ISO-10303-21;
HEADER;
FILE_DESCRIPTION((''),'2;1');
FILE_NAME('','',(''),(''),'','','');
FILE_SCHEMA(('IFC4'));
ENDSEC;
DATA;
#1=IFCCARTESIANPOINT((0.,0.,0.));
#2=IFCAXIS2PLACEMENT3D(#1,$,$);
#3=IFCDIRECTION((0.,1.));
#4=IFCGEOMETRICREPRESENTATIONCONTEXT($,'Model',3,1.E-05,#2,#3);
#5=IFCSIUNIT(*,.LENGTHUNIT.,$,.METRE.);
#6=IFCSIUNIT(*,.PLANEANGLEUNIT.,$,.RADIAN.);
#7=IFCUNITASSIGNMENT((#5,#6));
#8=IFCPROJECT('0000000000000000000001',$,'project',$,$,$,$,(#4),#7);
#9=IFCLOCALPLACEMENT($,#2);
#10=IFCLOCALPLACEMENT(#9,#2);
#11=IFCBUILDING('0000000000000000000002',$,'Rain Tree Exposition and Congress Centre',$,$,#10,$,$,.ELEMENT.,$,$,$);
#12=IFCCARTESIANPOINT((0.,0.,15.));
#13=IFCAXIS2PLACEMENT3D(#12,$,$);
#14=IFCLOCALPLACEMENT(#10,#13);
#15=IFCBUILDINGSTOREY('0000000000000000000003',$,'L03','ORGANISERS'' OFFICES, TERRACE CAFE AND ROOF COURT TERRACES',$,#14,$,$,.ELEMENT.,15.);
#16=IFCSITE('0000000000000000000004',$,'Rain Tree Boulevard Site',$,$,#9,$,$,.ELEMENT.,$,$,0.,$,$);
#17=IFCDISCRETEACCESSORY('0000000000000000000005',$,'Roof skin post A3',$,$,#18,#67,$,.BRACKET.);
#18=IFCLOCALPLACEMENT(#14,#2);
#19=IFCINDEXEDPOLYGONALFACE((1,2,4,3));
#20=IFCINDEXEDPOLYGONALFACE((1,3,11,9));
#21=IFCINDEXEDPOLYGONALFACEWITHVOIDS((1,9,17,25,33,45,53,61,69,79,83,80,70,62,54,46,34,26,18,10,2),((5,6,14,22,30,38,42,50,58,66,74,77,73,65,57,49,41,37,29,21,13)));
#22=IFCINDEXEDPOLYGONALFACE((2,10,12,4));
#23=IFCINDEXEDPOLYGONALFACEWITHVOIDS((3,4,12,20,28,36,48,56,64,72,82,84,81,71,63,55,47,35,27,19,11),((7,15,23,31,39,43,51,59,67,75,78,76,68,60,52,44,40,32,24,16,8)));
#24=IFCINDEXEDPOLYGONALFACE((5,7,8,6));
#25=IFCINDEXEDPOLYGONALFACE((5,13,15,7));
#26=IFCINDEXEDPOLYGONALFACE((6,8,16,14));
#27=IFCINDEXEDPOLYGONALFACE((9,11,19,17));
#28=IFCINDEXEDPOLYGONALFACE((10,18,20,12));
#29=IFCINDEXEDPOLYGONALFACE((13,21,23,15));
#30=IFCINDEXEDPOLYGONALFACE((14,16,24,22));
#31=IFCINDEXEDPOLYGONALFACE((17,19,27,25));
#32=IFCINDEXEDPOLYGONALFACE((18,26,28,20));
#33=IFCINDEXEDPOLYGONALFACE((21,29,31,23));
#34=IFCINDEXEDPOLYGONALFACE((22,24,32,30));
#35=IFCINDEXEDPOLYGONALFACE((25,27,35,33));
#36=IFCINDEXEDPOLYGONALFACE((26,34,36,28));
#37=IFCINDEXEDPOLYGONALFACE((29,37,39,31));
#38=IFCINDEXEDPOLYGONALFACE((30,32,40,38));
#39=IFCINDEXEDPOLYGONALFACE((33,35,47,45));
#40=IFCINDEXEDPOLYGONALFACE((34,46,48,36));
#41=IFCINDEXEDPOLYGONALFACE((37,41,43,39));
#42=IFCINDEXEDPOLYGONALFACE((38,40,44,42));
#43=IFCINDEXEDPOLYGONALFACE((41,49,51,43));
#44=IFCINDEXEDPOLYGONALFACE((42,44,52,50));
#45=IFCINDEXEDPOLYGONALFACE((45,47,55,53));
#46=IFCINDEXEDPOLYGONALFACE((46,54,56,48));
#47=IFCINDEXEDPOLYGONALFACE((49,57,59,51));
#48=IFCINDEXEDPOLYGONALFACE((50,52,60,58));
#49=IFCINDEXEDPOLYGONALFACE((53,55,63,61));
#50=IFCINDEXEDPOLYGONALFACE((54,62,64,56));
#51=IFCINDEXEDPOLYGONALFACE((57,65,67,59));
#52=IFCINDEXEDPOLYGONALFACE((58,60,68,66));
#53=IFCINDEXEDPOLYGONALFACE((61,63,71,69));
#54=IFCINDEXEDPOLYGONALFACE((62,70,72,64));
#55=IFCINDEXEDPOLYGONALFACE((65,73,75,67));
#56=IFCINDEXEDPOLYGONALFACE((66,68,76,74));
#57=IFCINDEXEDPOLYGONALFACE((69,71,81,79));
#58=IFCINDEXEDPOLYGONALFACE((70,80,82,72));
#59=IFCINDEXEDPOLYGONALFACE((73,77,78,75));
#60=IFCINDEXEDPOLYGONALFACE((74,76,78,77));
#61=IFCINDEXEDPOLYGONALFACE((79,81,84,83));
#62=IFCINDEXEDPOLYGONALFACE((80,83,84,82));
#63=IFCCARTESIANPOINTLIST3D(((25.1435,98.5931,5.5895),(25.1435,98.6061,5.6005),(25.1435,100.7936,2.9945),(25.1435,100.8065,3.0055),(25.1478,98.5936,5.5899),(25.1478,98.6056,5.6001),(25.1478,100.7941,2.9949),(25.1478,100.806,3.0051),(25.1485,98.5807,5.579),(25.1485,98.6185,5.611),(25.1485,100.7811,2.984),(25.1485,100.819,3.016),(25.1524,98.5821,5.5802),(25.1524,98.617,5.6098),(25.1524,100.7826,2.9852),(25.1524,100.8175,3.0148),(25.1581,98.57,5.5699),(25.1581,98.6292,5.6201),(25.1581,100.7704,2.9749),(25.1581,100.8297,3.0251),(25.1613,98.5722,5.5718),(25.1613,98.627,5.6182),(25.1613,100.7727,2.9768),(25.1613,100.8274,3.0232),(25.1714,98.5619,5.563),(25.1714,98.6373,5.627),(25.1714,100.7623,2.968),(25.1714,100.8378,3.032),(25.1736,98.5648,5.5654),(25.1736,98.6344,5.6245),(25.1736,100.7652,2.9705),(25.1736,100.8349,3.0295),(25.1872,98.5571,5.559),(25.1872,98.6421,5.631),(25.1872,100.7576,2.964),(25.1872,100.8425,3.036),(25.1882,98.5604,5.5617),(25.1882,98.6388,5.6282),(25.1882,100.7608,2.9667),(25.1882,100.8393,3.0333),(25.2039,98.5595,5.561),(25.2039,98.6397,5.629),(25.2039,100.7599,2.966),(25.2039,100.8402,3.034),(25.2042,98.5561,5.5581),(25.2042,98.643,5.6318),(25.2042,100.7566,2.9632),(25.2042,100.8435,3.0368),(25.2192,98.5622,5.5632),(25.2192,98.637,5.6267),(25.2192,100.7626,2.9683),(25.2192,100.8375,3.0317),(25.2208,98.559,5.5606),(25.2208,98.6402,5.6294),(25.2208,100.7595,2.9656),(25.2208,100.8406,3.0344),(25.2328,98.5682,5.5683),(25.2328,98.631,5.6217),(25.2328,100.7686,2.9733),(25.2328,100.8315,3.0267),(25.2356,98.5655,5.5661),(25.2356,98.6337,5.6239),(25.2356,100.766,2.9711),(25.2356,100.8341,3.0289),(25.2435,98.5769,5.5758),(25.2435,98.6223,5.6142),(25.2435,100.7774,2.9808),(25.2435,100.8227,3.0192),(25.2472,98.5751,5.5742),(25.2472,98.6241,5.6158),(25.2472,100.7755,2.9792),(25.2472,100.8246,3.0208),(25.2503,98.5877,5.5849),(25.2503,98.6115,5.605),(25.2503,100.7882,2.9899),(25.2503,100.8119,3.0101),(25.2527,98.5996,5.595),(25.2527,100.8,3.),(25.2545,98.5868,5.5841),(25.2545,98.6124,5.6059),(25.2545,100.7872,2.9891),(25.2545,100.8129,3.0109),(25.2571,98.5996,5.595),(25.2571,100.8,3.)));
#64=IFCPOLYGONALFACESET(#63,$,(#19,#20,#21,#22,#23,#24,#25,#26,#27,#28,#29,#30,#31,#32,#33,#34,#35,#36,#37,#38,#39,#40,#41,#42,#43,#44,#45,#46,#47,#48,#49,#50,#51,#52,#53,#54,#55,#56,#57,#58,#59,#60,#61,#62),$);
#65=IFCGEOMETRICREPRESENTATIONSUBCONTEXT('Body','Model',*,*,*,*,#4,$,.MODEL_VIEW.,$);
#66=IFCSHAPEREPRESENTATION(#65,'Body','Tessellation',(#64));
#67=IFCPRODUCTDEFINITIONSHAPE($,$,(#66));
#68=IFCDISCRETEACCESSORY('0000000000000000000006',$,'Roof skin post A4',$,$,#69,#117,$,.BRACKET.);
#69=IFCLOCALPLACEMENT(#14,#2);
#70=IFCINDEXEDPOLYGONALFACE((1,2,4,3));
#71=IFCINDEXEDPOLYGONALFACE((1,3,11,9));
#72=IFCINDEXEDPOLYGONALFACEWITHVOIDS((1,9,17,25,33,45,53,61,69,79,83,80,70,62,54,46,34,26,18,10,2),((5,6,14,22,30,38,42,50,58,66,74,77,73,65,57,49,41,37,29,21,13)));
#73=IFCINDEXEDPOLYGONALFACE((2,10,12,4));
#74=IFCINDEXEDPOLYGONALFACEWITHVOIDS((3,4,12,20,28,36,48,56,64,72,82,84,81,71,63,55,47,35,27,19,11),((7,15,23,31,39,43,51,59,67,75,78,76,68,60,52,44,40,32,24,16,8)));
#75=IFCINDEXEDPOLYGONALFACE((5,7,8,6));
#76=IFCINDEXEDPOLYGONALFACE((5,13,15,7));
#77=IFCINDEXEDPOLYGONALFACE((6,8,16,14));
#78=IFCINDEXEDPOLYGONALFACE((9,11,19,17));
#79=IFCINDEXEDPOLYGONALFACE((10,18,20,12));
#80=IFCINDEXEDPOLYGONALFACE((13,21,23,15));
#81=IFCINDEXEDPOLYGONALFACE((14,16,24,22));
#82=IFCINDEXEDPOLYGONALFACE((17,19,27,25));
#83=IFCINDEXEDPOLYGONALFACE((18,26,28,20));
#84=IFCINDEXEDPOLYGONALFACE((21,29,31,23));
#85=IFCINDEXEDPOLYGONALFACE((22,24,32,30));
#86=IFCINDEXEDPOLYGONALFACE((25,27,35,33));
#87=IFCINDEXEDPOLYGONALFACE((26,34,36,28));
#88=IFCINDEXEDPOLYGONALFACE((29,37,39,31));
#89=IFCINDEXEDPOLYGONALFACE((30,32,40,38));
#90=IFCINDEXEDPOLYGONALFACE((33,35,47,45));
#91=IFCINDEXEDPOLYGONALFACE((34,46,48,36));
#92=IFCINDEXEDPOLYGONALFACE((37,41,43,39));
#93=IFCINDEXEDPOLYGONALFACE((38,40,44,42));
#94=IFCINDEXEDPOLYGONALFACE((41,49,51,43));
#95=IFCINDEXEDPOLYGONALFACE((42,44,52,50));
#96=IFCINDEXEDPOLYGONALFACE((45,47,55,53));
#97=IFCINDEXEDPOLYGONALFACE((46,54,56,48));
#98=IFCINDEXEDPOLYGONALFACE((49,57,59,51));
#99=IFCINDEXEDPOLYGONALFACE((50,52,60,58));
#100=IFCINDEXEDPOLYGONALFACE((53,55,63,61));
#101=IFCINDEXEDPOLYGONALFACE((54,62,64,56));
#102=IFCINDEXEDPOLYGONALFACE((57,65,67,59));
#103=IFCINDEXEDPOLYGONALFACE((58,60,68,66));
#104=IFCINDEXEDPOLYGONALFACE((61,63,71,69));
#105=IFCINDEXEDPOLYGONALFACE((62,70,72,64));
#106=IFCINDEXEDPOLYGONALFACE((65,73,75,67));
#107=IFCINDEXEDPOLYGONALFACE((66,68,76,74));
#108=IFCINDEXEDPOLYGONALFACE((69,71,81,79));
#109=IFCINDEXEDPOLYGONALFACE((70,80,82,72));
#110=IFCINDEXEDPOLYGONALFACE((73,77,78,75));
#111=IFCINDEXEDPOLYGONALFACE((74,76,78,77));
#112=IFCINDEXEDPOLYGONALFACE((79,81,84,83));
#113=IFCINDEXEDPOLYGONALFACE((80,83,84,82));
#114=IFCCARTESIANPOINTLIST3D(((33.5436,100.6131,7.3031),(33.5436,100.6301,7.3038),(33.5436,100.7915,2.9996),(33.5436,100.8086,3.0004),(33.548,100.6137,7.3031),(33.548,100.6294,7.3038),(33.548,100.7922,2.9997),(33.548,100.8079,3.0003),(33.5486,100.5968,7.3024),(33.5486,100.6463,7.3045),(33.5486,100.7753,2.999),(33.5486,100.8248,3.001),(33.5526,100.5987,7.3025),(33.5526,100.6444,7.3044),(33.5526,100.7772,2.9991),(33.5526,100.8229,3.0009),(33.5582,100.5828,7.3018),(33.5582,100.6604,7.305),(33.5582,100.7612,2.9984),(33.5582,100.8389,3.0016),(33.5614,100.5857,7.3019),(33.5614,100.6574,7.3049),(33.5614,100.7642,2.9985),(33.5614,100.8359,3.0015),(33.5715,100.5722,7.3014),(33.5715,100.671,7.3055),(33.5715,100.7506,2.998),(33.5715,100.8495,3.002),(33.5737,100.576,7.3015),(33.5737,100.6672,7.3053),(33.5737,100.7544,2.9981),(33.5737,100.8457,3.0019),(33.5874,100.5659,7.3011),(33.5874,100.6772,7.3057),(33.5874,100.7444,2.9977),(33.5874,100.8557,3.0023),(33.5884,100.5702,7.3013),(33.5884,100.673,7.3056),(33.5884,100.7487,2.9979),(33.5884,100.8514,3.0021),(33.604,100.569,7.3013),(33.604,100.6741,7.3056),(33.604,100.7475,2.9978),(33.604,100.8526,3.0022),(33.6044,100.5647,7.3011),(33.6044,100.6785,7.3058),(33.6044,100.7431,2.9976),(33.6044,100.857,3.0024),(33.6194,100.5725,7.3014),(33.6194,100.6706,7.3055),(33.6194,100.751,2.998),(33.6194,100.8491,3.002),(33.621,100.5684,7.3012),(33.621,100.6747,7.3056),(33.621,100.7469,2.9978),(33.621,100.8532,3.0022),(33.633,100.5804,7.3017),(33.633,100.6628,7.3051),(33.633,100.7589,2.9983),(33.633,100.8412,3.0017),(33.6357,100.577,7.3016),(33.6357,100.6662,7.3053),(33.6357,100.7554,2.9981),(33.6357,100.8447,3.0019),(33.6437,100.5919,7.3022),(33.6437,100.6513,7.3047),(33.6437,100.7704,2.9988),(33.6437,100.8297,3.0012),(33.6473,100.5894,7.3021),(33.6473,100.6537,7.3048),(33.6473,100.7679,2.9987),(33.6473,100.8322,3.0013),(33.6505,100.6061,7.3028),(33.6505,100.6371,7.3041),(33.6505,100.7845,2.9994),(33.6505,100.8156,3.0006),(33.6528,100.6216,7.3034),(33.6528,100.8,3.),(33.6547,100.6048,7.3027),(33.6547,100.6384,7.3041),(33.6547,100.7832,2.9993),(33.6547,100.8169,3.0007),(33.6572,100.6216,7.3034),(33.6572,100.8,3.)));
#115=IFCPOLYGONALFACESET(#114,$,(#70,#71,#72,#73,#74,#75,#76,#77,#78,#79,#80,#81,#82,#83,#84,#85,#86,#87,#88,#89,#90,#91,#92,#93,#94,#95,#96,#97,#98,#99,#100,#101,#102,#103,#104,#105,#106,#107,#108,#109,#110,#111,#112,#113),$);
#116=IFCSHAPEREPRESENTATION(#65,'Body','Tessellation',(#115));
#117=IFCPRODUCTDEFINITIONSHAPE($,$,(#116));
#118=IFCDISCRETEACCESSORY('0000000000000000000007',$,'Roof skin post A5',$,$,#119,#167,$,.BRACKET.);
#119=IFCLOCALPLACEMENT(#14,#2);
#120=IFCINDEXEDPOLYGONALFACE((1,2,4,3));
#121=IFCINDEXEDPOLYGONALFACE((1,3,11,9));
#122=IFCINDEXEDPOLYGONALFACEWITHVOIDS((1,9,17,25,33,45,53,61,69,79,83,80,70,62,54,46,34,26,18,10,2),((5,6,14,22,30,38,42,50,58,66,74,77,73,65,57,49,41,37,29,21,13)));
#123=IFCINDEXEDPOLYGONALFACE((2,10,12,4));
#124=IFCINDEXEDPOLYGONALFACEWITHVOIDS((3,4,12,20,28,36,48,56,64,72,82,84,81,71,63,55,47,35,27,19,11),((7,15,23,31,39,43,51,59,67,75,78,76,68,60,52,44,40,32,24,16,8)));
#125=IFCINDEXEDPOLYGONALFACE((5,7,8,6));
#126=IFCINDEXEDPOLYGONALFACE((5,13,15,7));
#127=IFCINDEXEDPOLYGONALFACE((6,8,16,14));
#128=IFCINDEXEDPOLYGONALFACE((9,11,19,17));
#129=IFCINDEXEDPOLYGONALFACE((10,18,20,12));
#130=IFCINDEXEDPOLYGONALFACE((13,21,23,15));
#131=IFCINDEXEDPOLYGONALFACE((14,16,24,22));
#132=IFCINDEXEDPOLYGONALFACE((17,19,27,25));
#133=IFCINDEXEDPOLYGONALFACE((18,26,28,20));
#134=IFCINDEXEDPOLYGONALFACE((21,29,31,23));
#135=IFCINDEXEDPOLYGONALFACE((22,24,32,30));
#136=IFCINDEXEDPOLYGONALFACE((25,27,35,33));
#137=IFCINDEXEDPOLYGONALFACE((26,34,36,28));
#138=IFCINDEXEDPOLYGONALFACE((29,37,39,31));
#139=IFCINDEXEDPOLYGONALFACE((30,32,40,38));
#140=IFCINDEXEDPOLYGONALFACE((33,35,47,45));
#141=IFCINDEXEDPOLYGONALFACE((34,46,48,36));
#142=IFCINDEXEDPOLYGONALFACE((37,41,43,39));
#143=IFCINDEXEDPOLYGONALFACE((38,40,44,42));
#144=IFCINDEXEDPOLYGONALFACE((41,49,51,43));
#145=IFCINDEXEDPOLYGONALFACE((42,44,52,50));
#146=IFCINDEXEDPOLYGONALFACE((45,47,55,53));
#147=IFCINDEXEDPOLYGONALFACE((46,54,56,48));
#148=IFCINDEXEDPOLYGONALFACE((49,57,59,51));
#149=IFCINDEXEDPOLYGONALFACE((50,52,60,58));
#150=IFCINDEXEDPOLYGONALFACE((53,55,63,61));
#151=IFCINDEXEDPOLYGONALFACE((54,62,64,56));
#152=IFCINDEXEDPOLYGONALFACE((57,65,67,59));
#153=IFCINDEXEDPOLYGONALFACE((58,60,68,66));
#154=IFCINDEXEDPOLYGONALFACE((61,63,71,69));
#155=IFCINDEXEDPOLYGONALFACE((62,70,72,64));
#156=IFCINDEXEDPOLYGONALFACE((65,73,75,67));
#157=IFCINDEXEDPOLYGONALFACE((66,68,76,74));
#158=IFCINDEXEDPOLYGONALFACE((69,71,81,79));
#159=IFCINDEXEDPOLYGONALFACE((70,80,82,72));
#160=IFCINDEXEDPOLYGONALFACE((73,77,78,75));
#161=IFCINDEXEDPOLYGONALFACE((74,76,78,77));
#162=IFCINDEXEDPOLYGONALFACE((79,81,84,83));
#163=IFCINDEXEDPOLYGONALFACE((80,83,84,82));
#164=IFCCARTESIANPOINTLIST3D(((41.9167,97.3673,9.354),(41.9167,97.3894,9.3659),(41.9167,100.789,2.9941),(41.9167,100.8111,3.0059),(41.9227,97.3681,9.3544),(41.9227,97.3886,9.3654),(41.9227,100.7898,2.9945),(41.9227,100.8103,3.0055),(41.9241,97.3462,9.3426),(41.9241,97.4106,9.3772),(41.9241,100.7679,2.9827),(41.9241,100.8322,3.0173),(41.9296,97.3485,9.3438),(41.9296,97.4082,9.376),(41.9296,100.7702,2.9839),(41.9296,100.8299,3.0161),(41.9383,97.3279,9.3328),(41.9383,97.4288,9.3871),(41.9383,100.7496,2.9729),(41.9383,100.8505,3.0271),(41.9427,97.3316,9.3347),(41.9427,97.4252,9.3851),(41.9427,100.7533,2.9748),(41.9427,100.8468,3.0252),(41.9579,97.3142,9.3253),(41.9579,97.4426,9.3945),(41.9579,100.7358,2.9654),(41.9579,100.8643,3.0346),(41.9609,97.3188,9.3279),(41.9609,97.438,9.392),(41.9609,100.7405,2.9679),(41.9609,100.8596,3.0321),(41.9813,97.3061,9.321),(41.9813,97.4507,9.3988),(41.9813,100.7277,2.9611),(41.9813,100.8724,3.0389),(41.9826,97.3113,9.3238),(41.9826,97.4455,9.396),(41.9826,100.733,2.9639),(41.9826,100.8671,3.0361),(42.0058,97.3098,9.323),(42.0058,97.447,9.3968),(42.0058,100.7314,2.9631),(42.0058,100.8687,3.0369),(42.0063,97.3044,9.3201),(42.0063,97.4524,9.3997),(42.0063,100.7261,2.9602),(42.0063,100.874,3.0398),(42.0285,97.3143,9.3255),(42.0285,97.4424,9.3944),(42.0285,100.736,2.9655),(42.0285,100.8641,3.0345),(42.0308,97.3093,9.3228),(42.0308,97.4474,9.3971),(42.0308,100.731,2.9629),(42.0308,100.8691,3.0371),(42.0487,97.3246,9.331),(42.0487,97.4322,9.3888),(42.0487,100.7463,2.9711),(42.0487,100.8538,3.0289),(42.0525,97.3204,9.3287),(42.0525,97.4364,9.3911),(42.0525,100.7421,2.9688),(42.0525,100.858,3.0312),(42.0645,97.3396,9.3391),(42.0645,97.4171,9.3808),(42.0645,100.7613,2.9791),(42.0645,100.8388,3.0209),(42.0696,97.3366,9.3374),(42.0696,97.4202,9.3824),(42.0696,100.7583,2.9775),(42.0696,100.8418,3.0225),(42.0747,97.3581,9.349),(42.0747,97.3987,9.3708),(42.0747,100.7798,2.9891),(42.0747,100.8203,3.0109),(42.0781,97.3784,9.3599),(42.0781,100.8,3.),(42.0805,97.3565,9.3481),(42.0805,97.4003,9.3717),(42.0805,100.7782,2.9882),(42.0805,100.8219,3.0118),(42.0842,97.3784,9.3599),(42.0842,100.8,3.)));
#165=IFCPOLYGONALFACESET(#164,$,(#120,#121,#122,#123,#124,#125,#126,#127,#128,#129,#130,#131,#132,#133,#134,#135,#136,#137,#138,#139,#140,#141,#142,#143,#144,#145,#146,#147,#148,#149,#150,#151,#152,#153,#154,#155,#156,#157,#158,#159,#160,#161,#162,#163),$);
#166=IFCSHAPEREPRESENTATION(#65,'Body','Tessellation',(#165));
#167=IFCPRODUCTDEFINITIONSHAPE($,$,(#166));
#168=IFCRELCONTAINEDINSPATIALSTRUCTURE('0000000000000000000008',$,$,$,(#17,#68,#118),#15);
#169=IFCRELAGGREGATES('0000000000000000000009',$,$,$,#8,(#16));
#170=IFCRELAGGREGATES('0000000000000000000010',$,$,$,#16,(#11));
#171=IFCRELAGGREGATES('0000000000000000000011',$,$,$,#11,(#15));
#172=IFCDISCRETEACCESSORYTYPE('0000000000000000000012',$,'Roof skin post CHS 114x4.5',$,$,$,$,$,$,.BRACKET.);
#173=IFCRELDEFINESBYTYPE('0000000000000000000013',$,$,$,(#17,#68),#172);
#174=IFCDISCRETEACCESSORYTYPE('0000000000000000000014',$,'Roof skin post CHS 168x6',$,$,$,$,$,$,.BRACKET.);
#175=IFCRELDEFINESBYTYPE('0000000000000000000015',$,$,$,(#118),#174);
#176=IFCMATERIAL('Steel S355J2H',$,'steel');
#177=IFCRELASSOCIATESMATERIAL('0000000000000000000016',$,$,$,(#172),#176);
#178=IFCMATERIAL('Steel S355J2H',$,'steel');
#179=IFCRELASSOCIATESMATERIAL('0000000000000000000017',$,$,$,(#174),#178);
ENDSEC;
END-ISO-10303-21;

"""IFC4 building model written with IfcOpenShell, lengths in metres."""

from ifc_helpers import new_model, si_unit, direction, frame, origin, origin_2d, place, context, subcontext, project, spatial, hollow_circle, extrude, material, material_profile, profile_set, type_object, element, save


model = new_model("IFC4")

# Units and contexts
model_context = context("Model", 3, precision=1e-05, world=origin(), true_north=direction((0.0, 1.0)))
body_context = subcontext(model_context, "Body", "Model", "MODEL_VIEW")
ifc_project = project(units=[si_unit("LENGTHUNIT", "METRE"), si_unit("PLANEANGLEUNIT", "RADIAN")], contexts=[model_context])

# Site, building, storey
site_placement = place(None, origin())
site = spatial("IfcSite", under=ifc_project, at=site_placement, Name="Rain Tree Boulevard Site", CompositionType="ELEMENT", RefElevation=0.0)
building_placement = place(site_placement, origin())
building = spatial("IfcBuilding", under=site, at=building_placement, Name="Rain Tree Exposition and Congress Centre", CompositionType="ELEMENT")
storey_placement = place(building_placement, frame((0.0, 0.0, 15.0)))
storey = spatial("IfcBuildingStorey", under=building, at=storey_placement, Name="L03", Description="ORGANISERS' OFFICES, TERRACE CAFE AND ROOF COURT TERRACES", CompositionType="ELEMENT", Elevation=15.0)

# Discrete accessories
ifc_material_1 = material(Name="Steel S355J2H", Category="steel")
ifc_material_profile_1 = material_profile(ifc_material_1, hollow_circle(Radius=0.0571, WallThickness=0.0044, at=origin_2d()), Name="CHS 114x4.5")
ifc_profile_set_1 = profile_set([ifc_material_profile_1], Name="Steel S355J2H")
discrete_accessory_type_1 = type_object("IfcDiscreteAccessoryType", Name="Roof skin post CHS 114x4.5", PredefinedType="BRACKET", material=ifc_profile_set_1)
discrete_accessory_1_placement = place(storey_placement, frame((25.2, 100.8, 3.0), z_axis=(0.0, -0.646746, 0.762705), x_axis=(1.0, 0.0, 0.0)))
element("IfcDiscreteAccessory", 1, at=discrete_accessory_1_placement, inside=storey, type_object=discrete_accessory_type_1, Name="Roof skin post A3", PredefinedType="BRACKET", context=body_context, shape_type="SweptSolid", body=[
    extrude(hollow_circle(Radius=0.0571, WallThickness=0.0044, at=origin_2d()), origin(), (0.0, 0.0, 1.0), 3.4023),
])
discrete_accessory_2_placement = place(storey_placement, frame((33.6001, 100.8, 3.0), z_axis=(0.0, -0.041435, 0.999141), x_axis=(1.0, 0.0, 0.0)))
element("IfcDiscreteAccessory", 2, at=discrete_accessory_2_placement, inside=storey, type_object=discrete_accessory_type_1, Name="Roof skin post A4", PredefinedType="BRACKET", context=body_context, shape_type="SweptSolid", body=[
    extrude(hollow_circle(Radius=0.0571, WallThickness=0.0044, at=origin_2d()), origin(), (0.0, 0.0, 1.0), 4.3071),
])
ifc_material_2 = material(Name="Steel S355J2H", Category="steel")
ifc_material_profile_2 = material_profile(ifc_material_2, hollow_circle(Radius=0.0842, WallThickness=0.0061, at=origin_2d()), Name="CHS 168x6")
ifc_profile_set_2 = profile_set([ifc_material_profile_2], Name="Steel S355J2H")
discrete_accessory_type_2 = type_object("IfcDiscreteAccessoryType", Name="Roof skin post CHS 168x6", PredefinedType="BRACKET", material=ifc_profile_set_2)
discrete_accessory_3_placement = place(storey_placement, frame((42.0, 100.8, 3.0), z_axis=(0.0, -0.473787, 0.880639), x_axis=(1.0, 0.0, 0.0)))
element("IfcDiscreteAccessory", 3, at=discrete_accessory_3_placement, inside=storey, type_object=discrete_accessory_type_2, Name="Roof skin post A5", PredefinedType="BRACKET", context=body_context, shape_type="SweptSolid", body=[
    extrude(hollow_circle(Radius=0.0842, WallThickness=0.0061, at=origin_2d()), origin(), (0.0, 0.0, 1.0), 7.2219),
])

save(model, "model.ifc")
